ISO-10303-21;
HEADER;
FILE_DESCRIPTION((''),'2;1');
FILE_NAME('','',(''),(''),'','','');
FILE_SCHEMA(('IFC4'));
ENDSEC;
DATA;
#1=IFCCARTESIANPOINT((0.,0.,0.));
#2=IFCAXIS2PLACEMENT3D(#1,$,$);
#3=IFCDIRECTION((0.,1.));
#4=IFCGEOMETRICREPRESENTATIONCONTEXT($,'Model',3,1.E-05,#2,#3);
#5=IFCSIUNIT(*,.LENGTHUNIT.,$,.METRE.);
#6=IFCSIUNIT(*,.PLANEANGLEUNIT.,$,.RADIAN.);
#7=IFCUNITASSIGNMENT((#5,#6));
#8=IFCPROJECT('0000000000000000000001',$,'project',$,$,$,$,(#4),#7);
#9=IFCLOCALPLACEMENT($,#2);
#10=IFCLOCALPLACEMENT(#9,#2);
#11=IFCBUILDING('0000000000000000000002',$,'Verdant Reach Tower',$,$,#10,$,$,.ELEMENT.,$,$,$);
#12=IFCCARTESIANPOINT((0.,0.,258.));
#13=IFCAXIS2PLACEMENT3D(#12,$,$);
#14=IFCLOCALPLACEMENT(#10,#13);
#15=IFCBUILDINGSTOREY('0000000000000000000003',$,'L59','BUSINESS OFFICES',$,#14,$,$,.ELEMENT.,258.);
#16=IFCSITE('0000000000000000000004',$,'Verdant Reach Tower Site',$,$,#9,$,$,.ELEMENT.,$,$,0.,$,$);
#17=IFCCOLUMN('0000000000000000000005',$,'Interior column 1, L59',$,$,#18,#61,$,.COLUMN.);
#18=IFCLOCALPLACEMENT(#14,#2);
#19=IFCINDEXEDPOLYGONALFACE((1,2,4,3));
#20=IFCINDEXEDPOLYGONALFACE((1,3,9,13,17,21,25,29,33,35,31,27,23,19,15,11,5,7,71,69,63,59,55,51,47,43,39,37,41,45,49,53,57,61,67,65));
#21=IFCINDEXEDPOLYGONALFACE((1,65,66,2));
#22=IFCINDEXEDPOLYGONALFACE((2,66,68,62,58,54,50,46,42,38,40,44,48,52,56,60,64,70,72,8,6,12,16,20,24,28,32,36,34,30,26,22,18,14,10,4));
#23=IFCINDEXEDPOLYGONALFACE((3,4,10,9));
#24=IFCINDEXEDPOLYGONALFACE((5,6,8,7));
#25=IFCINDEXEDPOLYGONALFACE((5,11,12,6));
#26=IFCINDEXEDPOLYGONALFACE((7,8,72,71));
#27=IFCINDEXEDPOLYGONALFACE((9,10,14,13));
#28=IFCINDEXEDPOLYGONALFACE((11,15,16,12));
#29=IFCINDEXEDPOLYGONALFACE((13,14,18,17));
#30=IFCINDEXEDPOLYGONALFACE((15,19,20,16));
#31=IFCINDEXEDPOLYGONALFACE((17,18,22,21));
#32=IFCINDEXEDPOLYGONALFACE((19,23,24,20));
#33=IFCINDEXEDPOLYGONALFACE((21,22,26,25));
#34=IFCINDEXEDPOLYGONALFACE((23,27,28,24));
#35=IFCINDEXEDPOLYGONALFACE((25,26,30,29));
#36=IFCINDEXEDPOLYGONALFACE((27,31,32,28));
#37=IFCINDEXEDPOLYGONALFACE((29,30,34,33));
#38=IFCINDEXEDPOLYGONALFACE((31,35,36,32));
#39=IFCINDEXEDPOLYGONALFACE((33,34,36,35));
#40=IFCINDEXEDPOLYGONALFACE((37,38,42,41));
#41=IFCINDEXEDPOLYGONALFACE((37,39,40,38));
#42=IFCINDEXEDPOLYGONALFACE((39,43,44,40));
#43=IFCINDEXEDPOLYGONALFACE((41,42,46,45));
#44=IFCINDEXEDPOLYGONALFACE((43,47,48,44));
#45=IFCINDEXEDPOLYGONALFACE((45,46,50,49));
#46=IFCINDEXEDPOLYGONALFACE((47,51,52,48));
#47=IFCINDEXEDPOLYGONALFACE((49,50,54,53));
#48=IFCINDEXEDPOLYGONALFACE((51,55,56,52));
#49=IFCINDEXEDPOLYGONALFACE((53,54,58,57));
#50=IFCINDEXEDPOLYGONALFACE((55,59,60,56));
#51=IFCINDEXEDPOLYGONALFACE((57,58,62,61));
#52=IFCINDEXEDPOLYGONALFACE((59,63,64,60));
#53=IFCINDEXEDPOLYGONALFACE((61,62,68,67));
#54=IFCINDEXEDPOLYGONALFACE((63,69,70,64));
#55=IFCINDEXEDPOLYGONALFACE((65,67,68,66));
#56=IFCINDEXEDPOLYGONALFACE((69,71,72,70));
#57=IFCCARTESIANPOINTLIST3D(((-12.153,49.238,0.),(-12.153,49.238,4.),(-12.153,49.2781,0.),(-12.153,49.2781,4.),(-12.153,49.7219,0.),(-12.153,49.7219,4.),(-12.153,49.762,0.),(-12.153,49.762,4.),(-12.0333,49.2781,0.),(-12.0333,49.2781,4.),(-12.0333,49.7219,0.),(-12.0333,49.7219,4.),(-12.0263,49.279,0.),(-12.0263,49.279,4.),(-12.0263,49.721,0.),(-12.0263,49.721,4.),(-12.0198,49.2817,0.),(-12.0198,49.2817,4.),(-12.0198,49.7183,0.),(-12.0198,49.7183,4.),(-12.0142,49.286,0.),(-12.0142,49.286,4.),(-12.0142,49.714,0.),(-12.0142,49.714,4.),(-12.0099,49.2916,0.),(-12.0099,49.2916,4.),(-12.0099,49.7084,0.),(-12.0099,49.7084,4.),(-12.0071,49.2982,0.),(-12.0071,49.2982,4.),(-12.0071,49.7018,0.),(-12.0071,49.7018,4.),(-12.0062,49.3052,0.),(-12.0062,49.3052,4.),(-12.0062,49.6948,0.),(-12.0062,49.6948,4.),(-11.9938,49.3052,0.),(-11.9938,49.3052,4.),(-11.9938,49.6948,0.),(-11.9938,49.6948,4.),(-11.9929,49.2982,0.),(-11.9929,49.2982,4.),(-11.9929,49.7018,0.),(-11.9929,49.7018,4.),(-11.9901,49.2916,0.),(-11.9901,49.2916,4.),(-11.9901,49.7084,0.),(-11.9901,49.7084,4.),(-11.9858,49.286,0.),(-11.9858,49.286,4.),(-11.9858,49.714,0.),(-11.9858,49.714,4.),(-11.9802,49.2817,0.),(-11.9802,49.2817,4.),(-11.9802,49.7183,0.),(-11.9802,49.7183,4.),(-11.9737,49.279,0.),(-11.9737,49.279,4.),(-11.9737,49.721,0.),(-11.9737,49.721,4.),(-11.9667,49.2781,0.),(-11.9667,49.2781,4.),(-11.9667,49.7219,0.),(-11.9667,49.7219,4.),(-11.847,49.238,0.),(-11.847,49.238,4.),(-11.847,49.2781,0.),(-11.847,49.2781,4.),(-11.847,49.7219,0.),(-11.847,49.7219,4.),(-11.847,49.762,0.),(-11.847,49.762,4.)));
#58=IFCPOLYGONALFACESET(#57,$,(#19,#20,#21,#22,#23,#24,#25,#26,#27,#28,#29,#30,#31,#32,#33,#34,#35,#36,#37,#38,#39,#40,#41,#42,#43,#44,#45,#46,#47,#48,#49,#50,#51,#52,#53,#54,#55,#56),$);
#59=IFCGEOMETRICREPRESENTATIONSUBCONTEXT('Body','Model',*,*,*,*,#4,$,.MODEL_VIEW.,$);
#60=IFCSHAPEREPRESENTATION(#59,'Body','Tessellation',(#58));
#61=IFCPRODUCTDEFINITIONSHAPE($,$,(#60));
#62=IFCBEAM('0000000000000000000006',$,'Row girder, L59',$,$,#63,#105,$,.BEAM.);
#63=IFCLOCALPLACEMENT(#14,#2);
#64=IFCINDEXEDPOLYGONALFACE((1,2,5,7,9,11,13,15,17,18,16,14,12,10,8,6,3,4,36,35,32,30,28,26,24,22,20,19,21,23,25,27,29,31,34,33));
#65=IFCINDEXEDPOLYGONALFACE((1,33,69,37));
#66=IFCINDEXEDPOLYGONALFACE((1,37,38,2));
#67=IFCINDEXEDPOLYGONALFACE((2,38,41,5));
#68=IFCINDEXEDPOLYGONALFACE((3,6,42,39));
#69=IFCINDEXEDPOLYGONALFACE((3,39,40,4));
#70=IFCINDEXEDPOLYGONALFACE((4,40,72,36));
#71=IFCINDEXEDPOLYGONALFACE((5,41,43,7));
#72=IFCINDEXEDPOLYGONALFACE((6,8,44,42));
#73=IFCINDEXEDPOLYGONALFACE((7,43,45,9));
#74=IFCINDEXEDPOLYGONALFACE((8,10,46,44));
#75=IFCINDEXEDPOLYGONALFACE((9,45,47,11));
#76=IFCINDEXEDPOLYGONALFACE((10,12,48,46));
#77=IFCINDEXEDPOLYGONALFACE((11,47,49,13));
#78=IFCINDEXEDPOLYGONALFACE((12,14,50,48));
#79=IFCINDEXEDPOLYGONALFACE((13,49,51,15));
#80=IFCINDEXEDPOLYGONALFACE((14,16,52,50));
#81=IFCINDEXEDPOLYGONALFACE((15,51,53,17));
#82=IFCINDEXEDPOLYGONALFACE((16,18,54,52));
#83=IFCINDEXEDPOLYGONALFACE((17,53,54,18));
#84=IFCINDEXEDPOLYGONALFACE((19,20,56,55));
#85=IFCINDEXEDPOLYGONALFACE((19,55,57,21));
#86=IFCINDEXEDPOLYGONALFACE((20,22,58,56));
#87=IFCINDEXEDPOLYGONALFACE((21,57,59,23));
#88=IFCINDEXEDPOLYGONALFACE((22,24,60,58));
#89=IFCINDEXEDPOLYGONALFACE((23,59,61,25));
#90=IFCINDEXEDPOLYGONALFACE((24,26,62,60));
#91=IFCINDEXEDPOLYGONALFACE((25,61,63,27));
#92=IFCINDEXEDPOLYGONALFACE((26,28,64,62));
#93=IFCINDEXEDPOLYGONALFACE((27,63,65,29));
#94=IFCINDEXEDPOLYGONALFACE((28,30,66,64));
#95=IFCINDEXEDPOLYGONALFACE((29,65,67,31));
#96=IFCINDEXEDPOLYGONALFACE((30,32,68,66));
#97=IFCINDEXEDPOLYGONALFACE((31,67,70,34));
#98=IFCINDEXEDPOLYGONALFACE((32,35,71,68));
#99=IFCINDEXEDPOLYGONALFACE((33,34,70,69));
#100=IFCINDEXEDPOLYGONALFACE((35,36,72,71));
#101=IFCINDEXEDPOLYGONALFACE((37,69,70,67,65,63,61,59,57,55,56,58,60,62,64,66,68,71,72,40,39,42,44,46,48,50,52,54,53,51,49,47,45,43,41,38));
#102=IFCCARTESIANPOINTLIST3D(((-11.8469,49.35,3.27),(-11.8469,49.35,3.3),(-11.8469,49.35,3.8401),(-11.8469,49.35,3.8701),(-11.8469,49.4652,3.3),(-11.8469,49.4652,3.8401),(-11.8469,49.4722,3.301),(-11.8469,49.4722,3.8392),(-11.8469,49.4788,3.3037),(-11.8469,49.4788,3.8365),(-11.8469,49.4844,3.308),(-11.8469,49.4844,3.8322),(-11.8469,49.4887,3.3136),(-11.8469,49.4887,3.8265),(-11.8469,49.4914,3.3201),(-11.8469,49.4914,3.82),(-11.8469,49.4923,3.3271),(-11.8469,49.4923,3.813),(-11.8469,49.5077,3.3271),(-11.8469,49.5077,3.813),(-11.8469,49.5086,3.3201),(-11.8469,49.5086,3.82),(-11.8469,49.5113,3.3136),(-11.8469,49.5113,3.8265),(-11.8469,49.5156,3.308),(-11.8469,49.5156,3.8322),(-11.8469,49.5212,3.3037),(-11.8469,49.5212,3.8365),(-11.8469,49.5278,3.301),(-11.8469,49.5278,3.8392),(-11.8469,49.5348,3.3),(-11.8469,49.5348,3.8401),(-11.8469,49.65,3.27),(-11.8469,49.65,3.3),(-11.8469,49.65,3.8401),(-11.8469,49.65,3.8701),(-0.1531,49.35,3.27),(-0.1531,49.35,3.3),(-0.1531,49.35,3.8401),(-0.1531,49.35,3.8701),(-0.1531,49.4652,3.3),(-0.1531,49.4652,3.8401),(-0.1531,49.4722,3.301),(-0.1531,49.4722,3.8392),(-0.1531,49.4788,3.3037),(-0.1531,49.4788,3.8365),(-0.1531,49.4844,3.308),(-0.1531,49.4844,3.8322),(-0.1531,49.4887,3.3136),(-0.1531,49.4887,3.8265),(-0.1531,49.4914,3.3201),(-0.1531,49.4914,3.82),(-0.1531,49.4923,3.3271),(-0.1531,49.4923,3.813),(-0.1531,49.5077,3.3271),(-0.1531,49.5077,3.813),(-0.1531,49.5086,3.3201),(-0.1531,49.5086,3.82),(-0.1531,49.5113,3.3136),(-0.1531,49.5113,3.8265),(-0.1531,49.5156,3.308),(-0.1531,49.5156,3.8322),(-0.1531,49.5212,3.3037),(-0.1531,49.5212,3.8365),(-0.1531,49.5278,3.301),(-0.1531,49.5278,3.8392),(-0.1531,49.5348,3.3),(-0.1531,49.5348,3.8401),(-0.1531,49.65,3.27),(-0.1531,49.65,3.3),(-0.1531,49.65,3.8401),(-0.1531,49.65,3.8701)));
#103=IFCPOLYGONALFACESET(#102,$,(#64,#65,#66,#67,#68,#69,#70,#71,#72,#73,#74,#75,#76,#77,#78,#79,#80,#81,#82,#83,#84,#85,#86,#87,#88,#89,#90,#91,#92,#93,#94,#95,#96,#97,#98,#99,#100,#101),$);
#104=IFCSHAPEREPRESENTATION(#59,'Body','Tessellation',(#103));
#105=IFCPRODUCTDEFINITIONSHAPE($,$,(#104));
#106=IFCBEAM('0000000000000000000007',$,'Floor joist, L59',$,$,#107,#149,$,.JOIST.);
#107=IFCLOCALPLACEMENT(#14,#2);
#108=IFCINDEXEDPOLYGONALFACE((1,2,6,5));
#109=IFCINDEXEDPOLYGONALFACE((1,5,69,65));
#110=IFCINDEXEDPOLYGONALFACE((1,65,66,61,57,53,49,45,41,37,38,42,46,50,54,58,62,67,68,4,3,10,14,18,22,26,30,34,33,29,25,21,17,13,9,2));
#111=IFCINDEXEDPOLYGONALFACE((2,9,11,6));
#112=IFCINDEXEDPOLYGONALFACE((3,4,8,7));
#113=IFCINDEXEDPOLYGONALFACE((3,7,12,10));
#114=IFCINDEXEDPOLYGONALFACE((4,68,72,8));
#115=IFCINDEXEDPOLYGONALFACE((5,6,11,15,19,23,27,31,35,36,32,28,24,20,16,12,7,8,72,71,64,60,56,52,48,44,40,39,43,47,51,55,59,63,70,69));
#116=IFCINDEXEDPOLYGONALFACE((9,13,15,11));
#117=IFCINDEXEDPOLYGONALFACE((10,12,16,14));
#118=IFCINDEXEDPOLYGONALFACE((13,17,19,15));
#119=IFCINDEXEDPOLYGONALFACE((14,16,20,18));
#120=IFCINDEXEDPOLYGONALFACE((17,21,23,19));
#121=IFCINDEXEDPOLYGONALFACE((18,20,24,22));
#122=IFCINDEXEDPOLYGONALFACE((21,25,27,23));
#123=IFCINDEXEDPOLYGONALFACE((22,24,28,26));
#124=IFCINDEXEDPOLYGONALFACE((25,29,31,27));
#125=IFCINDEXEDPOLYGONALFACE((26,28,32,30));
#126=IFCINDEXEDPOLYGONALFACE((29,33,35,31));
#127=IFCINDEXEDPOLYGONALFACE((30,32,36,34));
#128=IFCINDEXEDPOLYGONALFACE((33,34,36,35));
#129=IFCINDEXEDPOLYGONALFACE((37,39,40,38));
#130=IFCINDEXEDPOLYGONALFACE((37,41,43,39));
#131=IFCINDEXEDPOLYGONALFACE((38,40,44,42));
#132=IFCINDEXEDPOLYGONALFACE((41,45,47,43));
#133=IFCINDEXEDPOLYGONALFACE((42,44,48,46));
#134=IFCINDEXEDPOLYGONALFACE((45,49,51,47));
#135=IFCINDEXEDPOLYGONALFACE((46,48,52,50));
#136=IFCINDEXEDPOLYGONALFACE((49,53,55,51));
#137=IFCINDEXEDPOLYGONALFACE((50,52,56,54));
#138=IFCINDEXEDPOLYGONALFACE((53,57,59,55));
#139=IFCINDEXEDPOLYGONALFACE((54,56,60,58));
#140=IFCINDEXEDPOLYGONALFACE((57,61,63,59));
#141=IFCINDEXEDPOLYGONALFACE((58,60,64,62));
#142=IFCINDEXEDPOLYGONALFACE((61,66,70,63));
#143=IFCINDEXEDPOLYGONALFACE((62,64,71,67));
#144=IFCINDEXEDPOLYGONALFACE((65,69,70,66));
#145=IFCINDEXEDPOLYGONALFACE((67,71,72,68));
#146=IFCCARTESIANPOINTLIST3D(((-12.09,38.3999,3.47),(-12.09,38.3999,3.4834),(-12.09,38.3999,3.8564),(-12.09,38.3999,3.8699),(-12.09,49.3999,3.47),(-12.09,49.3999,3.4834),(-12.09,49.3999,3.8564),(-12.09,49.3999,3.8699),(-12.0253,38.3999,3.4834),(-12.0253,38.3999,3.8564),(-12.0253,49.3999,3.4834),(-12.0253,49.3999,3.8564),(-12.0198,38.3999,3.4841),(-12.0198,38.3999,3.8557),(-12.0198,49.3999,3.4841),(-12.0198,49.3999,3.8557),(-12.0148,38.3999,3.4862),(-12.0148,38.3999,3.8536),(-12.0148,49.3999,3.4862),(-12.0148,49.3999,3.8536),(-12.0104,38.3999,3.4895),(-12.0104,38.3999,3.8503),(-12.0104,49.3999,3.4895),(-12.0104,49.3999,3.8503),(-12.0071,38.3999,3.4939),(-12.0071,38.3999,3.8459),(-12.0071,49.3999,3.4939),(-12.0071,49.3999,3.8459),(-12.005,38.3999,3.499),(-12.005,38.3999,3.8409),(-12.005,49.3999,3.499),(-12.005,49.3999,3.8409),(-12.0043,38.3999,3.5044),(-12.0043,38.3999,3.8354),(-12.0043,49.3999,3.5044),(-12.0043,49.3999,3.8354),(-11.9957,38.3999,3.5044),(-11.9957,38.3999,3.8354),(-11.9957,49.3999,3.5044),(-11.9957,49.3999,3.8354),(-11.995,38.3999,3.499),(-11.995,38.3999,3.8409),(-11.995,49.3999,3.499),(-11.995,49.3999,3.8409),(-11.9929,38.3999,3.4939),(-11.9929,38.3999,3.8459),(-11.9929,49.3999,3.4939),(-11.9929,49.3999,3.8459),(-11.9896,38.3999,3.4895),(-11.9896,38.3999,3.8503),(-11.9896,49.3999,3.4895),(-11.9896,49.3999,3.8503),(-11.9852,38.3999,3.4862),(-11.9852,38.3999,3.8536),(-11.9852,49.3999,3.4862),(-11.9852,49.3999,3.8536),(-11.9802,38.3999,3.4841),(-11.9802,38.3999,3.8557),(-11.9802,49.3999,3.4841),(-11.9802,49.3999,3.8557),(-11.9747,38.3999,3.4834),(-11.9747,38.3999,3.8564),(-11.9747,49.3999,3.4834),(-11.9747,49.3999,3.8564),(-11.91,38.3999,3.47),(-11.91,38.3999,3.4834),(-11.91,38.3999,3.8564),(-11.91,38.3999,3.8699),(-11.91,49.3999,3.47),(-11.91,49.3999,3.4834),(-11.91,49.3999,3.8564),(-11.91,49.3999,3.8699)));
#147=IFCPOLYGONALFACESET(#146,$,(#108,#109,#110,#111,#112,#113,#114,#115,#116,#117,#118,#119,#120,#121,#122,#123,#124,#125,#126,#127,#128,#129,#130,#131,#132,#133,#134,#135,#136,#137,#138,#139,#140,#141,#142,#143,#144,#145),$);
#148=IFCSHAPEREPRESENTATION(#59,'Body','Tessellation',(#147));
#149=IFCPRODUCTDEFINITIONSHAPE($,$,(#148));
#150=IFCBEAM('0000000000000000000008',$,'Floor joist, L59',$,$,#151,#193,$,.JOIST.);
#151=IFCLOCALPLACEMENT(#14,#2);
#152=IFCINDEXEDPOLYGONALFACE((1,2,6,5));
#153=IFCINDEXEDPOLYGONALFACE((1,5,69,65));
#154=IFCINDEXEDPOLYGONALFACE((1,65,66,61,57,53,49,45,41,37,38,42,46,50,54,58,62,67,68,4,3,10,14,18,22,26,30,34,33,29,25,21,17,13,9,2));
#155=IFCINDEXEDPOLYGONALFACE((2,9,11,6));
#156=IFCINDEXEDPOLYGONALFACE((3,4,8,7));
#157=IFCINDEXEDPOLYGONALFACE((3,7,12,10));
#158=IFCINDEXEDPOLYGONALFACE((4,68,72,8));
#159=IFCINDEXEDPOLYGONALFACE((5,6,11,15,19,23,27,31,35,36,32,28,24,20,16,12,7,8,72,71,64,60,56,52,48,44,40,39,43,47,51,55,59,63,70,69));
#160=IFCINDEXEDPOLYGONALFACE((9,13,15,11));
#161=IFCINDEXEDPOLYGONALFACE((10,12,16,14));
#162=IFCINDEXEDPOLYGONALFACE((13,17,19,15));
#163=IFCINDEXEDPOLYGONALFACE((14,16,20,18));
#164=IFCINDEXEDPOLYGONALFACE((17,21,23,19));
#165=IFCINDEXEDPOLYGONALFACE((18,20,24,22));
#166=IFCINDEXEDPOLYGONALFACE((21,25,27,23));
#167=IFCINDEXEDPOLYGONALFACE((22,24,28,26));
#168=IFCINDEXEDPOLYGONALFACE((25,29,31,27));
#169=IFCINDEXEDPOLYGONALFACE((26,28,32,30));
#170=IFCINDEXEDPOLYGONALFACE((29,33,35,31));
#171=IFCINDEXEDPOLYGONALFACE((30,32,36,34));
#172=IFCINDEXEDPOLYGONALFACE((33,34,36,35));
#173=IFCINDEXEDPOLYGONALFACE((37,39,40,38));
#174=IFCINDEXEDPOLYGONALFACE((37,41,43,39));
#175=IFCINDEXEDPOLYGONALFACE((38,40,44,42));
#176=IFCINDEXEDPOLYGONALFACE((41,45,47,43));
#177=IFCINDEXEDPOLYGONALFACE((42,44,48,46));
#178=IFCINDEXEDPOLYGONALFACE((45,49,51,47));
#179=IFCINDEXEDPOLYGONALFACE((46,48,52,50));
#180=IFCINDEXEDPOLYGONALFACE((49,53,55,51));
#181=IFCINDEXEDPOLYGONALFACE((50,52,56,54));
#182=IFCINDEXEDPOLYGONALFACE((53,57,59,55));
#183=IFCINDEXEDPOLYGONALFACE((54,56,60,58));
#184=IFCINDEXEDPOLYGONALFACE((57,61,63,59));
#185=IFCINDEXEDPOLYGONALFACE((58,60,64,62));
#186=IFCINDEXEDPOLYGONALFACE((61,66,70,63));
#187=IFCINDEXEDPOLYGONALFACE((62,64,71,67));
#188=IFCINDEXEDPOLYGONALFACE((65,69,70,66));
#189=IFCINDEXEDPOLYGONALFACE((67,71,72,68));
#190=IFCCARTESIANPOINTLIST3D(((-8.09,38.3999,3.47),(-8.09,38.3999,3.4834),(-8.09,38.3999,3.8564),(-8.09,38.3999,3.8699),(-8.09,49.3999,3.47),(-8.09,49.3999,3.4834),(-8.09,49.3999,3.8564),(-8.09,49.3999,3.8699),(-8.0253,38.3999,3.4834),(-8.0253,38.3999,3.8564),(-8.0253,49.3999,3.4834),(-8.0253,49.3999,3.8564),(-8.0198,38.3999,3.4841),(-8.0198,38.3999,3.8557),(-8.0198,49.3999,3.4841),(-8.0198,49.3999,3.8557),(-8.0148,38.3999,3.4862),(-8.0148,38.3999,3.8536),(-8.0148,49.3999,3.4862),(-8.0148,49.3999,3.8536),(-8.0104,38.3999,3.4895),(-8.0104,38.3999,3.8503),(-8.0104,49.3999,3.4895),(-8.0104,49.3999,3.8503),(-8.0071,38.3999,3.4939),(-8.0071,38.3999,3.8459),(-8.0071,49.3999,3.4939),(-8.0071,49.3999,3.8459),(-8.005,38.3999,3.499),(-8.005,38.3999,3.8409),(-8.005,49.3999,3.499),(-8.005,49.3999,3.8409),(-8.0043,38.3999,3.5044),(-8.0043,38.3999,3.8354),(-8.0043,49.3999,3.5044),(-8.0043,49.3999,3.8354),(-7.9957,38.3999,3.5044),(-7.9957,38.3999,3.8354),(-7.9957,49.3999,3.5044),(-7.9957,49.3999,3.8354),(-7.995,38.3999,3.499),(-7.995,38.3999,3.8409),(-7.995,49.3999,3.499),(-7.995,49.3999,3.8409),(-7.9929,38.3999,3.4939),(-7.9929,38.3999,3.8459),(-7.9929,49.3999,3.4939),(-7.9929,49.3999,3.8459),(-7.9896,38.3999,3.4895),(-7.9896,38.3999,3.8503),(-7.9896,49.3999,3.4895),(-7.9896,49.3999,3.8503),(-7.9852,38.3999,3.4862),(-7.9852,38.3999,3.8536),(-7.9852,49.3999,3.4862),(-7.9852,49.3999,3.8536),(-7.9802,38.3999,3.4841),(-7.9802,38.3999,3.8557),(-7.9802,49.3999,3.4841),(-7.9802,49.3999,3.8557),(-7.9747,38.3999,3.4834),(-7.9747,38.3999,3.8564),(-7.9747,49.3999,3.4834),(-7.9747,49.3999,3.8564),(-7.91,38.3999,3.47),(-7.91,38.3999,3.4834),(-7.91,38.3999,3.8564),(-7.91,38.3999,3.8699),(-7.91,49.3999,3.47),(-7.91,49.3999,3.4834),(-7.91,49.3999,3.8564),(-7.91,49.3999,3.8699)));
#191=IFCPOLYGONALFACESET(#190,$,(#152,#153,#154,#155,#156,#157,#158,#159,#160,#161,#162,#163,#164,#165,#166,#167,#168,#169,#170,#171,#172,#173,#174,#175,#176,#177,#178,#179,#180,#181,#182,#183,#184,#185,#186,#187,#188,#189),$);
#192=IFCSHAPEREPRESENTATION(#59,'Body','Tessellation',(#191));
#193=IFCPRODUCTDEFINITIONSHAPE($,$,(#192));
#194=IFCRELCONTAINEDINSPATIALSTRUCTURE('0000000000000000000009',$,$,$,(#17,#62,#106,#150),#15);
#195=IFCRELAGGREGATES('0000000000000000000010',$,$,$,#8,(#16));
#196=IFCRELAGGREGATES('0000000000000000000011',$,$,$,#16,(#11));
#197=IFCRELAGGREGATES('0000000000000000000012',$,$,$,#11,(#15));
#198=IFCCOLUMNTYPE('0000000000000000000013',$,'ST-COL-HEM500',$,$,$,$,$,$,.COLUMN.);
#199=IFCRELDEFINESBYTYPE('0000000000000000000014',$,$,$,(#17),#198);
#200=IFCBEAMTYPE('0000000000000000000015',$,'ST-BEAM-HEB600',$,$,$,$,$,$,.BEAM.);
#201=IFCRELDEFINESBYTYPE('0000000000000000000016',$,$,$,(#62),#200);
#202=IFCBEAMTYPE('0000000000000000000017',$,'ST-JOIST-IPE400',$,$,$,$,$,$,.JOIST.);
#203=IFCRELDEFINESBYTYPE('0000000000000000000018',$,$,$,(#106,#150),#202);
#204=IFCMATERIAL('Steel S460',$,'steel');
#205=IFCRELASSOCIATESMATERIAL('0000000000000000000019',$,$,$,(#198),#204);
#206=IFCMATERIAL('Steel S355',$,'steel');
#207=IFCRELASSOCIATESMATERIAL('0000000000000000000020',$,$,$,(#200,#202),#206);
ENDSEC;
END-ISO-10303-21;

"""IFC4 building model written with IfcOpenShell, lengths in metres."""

from ifc_helpers import new_model, si_unit, direction, frame, origin, origin_2d, place, context, subcontext, project, spatial, i_section, extrude, material, material_profile, profile_set, type_object, element, save


model = new_model("IFC4")

# Units and contexts
model_context = context("Model", 3, precision=1e-05, world=origin(), true_north=direction((0.0, 1.0)))
body_context = subcontext(model_context, "Body", "Model", "MODEL_VIEW")
ifc_project = project(units=[si_unit("LENGTHUNIT", "METRE"), si_unit("PLANEANGLEUNIT", "RADIAN")], contexts=[model_context])

# Site, building, storey
site_placement = place(None, origin())
site = spatial("IfcSite", under=ifc_project, at=site_placement, Name="Verdant Reach Tower Site", CompositionType="ELEMENT", RefElevation=0.0)
building_placement = place(site_placement, origin())
building = spatial("IfcBuilding", under=site, at=building_placement, Name="Verdant Reach Tower", CompositionType="ELEMENT")
storey_placement = place(building_placement, frame((0.0, 0.0, 258.0)))
storey = spatial("IfcBuildingStorey", under=building, at=storey_placement, Name="L59", Description="BUSINESS OFFICES", CompositionType="ELEMENT", Elevation=258.0)

# Column
ifc_material_1 = material(Name="Steel S460", Category="steel")
ifc_material_profile_1 = material_profile(ifc_material_1, i_section(OverallWidth=0.3059, OverallDepth=0.5239, WebThickness=0.0125, FlangeThickness=0.04, FilletRadius=0.0271, at=origin_2d()), Name="HEM 500")
ifc_profile_set_1 = profile_set([ifc_material_profile_1], Name="Steel S460")
column_type = type_object("IfcColumnType", Name="ST-COL-HEM500", PredefinedType="COLUMN", material=ifc_profile_set_1)
column_placement = place(storey_placement, frame((-12.0, 49.5, 0.0), z_axis=(0.0, 0.0, 1.0), x_axis=(1.0, 0.0, 0.0)))
element("IfcColumn", 1, at=column_placement, inside=storey, type_object=column_type, Name="Interior column 1, L59", PredefinedType="COLUMN", context=body_context, shape_type="SweptSolid", body=[
    extrude(i_section(OverallWidth=0.3059, OverallDepth=0.5239, WebThickness=0.0125, FlangeThickness=0.04, FilletRadius=0.0271, at=origin_2d()), origin(), (0.0, 0.0, 1.0), 4.0),
])

# Beams
ifc_material_2 = material(Name="Steel S355", Category="steel")
ifc_material_profile_2 = material_profile(ifc_material_2, i_section(OverallWidth=0.3, OverallDepth=0.6001, WebThickness=0.0154, FlangeThickness=0.03, FilletRadius=0.0271, at=origin_2d()), Name="HEB 600")
ifc_profile_set_2 = profile_set([ifc_material_profile_2], Name="Steel S355")
beam_type_1 = type_object("IfcBeamType", Name="ST-BEAM-HEB600", PredefinedType="BEAM", material=ifc_profile_set_2)
beam_1_placement = place(storey_placement, frame((-11.8469, 49.5, 3.5701), z_axis=(1.0, 0.0, 0.0), x_axis=(0.0, 1.0, 0.0)))
element("IfcBeam", 2, at=beam_1_placement, inside=storey, type_object=beam_type_1, Name="Row girder, L59", PredefinedType="BEAM", context=body_context, shape_type="SweptSolid", body=[
    extrude(i_section(OverallWidth=0.3, OverallDepth=0.6001, WebThickness=0.0154, FlangeThickness=0.03, FilletRadius=0.0271, at=origin_2d()), origin(), (0.0, 0.0, 1.0), 11.6938),
])
ifc_material_profile_3 = material_profile(ifc_material_2, i_section(OverallWidth=0.1799, OverallDepth=0.3999, WebThickness=0.0085, FlangeThickness=0.0134, FilletRadius=0.021, at=origin_2d()), Name="IPE 400")
ifc_profile_set_3 = profile_set([ifc_material_profile_3], Name="Steel S355")
beam_type_2 = type_object("IfcBeamType", Name="ST-JOIST-IPE400", PredefinedType="JOIST", material=ifc_profile_set_3)
for number, where, z_axis, x_axis, name in (
    (3, (-12.0, 38.3999, 3.6699), (0.0, 1.0, 0.0), (-1.0, 0.0, 0.0), "Floor joist, L59"),
    (4, (-8.0, 38.3999, 3.6699), (0.0, 1.0, 0.0), (-1.0, 0.0, 0.0), "Floor joist, L59"),
):
    element("IfcBeam", number, at=place(storey_placement, frame(where, z_axis=z_axis, x_axis=x_axis)), inside=storey, type_object=beam_type_2, Name=name, PredefinedType="JOIST", context=body_context, shape_type="SweptSolid", body=[
        extrude(i_section(OverallWidth=0.1799, OverallDepth=0.3999, WebThickness=0.0085, FlangeThickness=0.0134, FilletRadius=0.021, at=origin_2d()), origin(), (0.0, 0.0, 1.0), 11.0),
    ])

save(model, "model.ifc")
